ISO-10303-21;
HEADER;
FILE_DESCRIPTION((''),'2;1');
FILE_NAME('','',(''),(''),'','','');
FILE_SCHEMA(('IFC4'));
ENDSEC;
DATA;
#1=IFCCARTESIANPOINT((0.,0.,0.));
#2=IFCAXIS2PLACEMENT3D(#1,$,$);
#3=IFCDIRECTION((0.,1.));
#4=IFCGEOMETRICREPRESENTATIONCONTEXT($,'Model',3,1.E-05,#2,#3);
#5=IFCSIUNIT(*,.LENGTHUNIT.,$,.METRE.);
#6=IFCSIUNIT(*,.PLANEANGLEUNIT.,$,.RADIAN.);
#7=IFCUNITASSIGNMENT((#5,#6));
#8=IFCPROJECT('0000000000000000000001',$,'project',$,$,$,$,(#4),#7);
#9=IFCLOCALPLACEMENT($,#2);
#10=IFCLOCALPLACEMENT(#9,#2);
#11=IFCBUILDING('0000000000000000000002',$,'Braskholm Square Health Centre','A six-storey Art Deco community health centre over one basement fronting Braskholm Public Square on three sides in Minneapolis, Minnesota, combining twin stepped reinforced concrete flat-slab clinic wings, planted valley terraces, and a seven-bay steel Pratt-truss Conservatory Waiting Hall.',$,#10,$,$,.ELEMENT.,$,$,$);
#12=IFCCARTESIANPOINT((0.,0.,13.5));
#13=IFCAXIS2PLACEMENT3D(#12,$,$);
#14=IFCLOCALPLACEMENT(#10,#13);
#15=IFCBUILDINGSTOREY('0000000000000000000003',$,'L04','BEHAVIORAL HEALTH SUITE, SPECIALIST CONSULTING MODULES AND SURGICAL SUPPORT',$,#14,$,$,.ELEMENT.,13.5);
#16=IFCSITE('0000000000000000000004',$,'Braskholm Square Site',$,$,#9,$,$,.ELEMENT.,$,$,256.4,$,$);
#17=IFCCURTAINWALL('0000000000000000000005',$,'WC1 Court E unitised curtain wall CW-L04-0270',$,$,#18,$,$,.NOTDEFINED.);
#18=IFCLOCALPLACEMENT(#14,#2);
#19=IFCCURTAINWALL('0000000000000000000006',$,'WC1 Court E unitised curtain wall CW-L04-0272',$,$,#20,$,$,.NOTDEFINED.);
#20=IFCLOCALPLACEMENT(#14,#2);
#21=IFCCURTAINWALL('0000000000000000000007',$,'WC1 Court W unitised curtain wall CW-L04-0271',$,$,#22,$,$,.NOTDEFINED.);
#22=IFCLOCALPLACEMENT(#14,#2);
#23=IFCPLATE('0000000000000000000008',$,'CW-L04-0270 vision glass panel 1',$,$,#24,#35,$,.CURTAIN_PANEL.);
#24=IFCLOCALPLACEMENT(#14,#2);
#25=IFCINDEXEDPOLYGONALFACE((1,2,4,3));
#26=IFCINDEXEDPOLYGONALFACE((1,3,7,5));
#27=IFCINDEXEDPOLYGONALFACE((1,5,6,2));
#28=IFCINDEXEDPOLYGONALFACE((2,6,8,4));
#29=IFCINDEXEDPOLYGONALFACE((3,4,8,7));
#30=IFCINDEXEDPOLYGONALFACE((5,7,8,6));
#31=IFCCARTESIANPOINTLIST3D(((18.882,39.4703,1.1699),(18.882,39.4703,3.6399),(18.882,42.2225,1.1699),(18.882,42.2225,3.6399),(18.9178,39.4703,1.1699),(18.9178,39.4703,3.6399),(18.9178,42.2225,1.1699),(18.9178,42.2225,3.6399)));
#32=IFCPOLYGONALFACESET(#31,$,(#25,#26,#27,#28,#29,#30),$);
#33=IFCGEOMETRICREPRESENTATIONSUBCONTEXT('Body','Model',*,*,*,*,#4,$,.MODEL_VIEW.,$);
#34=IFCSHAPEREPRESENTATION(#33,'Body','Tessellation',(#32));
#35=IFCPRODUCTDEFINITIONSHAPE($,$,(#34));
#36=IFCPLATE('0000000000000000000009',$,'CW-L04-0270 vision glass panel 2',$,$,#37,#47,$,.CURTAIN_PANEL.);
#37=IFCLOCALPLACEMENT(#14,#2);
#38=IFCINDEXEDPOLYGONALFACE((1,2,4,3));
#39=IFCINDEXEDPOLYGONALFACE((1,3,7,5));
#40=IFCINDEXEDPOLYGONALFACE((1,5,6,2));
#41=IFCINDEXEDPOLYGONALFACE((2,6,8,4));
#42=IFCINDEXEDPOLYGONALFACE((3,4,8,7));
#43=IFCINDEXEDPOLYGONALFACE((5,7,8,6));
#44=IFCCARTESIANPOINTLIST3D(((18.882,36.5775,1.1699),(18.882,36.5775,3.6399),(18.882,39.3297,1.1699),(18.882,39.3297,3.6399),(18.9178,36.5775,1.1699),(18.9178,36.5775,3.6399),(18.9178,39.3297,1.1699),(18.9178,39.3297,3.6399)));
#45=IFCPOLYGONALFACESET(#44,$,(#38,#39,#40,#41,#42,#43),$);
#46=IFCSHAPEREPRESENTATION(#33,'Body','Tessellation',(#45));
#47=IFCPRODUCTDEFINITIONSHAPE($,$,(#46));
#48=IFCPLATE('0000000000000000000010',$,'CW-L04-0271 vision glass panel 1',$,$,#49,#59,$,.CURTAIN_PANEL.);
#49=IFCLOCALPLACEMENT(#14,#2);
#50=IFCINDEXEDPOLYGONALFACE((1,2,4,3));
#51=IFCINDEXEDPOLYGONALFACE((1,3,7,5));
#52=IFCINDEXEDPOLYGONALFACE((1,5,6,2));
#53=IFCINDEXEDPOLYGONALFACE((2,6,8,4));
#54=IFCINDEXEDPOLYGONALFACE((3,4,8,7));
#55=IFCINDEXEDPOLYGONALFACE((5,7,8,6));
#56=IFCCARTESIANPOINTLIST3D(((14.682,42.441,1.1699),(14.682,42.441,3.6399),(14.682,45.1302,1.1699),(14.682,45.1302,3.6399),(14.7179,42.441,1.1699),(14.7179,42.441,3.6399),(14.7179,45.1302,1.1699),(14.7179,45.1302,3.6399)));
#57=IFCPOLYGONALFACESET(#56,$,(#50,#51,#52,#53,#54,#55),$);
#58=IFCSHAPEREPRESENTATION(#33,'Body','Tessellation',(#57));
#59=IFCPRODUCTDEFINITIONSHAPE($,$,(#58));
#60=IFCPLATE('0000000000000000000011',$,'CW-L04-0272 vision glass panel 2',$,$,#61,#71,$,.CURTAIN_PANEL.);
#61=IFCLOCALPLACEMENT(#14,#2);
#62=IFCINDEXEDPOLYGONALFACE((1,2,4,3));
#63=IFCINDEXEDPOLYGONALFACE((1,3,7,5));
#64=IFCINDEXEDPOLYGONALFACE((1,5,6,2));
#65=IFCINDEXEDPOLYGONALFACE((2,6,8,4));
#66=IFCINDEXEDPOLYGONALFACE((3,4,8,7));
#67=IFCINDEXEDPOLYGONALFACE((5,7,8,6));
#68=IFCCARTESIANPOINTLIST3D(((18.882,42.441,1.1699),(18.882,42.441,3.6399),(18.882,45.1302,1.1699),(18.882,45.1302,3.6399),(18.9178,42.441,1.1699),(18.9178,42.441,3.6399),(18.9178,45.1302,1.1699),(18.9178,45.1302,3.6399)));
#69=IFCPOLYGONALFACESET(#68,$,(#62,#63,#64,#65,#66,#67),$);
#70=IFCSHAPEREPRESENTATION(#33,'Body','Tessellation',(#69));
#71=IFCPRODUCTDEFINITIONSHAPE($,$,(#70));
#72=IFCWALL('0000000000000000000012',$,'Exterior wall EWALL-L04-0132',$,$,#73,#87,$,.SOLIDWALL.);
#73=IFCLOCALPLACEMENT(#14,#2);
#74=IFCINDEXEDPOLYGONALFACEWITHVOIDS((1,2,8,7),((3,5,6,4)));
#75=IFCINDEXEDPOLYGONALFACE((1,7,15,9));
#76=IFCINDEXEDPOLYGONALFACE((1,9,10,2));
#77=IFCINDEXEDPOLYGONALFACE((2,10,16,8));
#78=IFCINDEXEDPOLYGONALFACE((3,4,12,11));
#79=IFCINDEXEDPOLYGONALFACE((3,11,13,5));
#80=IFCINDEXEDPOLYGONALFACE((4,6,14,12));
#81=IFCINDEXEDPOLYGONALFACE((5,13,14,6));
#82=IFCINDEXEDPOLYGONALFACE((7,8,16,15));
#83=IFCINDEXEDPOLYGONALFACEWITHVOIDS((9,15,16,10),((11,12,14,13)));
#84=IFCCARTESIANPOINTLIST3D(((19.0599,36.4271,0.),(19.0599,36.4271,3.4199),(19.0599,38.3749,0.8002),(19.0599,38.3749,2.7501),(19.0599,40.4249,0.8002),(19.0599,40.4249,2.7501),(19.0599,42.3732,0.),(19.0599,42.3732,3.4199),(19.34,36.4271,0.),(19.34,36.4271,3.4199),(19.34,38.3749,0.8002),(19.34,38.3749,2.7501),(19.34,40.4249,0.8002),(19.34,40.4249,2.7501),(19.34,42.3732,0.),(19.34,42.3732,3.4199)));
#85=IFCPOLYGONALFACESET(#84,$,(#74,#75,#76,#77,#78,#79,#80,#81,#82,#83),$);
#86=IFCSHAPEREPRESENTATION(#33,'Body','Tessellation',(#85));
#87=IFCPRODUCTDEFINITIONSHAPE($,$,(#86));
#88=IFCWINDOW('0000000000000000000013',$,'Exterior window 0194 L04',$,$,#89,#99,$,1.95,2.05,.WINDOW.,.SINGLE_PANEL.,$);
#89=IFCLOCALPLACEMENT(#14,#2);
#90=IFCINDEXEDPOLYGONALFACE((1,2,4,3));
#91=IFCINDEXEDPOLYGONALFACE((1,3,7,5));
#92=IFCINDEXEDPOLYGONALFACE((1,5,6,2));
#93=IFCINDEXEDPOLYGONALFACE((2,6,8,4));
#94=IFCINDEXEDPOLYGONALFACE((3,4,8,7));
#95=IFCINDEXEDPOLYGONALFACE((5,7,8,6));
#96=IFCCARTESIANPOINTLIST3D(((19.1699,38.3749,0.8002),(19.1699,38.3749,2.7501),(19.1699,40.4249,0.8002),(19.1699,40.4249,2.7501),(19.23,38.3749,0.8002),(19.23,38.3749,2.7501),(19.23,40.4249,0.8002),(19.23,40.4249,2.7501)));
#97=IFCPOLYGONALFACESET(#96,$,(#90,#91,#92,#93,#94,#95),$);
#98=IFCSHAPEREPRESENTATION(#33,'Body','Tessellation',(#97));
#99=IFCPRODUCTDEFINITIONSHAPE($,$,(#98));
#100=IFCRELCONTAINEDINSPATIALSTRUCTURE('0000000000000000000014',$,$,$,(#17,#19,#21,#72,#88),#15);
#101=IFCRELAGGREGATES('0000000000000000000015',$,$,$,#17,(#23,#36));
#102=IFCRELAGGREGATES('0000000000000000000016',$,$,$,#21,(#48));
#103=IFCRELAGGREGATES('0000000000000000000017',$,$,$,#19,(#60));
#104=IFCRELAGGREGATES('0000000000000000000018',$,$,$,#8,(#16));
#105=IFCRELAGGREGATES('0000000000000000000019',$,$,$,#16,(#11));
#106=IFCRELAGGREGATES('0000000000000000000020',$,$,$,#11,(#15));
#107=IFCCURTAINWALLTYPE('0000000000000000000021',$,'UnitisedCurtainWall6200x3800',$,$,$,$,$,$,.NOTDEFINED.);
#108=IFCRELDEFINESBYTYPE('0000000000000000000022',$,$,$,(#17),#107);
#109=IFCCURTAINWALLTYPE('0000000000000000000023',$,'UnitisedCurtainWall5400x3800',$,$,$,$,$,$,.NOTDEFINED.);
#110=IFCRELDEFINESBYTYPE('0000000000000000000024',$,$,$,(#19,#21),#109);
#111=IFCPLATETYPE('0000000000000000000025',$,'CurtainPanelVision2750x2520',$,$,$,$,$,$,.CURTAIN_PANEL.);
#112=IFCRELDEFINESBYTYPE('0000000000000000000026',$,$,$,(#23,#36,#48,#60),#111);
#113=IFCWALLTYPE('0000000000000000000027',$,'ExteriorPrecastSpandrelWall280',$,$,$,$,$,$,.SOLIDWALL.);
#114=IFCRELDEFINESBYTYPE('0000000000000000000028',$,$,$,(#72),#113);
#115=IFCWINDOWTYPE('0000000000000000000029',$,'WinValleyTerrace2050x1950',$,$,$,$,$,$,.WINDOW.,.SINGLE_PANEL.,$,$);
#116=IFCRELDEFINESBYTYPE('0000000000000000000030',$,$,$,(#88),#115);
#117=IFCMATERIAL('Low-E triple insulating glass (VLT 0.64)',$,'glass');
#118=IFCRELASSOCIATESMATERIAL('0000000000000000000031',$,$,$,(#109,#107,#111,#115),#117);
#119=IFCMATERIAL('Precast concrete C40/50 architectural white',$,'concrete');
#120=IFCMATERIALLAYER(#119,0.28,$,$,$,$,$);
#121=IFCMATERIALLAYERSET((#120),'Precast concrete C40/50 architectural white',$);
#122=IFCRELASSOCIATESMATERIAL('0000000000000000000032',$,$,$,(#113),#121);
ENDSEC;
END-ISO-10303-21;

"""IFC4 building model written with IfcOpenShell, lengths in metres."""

from ifc_helpers import new_model, si_unit, direction, frame, frame_2d, origin, origin_with_axes, origin_2d, place, context, subcontext, project, spatial, rectangle, extrude, material, layer, layer_set, type_object, element, fill, aggregate, save


model = new_model("IFC4")

# Units and contexts
model_context = context("Model", 3, precision=1e-05, world=origin(), true_north=direction((0.0, 1.0)))
body_context = subcontext(model_context, "Body", "Model", "MODEL_VIEW")
ifc_project = project(units=[si_unit("LENGTHUNIT", "METRE"), si_unit("PLANEANGLEUNIT", "RADIAN")], contexts=[model_context])

# Site, building, storey
site_placement = place(None, origin())
site = spatial("IfcSite", under=ifc_project, at=site_placement, Name="Braskholm Square Site", CompositionType="ELEMENT", RefElevation=256.4)
building_placement = place(site_placement, origin())
building = spatial("IfcBuilding", under=site, at=building_placement, Name="Braskholm Square Health Centre", Description="A six-storey Art Deco community health centre over one basement fronting Braskholm Public Square on three sides in Minneapolis, Minnesota, combining twin stepped reinforced concrete flat-slab clinic wings, planted valley terraces, and a seven-bay steel Pratt-truss Conservatory Waiting Hall.", CompositionType="ELEMENT")
storey_placement = place(building_placement, frame((0.0, 0.0, 13.5)))
storey = spatial("IfcBuildingStorey", under=building, at=storey_placement, Name="L04", Description="BEHAVIORAL HEALTH SUITE, SPECIALIST CONSULTING MODULES AND SURGICAL SUPPORT", CompositionType="ELEMENT", Elevation=13.5)

# Shared definitions
ifc_material_1 = material(Name="Low-E triple insulating glass (VLT 0.64)", Category="glass")
curtain_wall_type_1 = type_object("IfcCurtainWallType", Name="UnitisedCurtainWall5400x3800", PredefinedType="NOTDEFINED", material=ifc_material_1)

# Curtain wall
curtain_wall_type_2 = type_object("IfcCurtainWallType", Name="UnitisedCurtainWall6200x3800", PredefinedType="NOTDEFINED", material=ifc_material_1)
curtain_wall_1_placement = place(storey_placement, origin())
curtain_wall_1 = element("IfcCurtainWall", 1, at=curtain_wall_1_placement, inside=storey, type_object=curtain_wall_type_2, Name="WC1 Court E unitised curtain wall CW-L04-0270", PredefinedType="NOTDEFINED")

# Curtain walls
curtain_wall_2_placement = place(storey_placement, origin())
curtain_wall_2 = element("IfcCurtainWall", 2, at=curtain_wall_2_placement, inside=storey, type_object=curtain_wall_type_1, Name="WC1 Court E unitised curtain wall CW-L04-0272", PredefinedType="NOTDEFINED")
curtain_wall_3_placement = place(storey_placement, origin())
curtain_wall_3 = element("IfcCurtainWall", 3, at=curtain_wall_3_placement, inside=storey, type_object=curtain_wall_type_1, Name="WC1 Court W unitised curtain wall CW-L04-0271", PredefinedType="NOTDEFINED")

# Plates
plate_type_1 = type_object("IfcPlateType", Name="CurtainPanelVision2750x2520", PredefinedType="CURTAIN_PANEL", material=ifc_material_1)
plate_1_placement = place(storey_placement, frame((18.8999, 40.8464, 1.1699), z_axis=(0.0, 0.0, 1.0), x_axis=(0.0, -1.0, 0.0)))
plate_1 = element("IfcPlate", 4, at=plate_1_placement, type_object=plate_type_1, Name="CW-L04-0270 vision glass panel 1", PredefinedType="CURTAIN_PANEL", context=body_context, shape_type="SweptSolid", body=[
    extrude(rectangle(XDim=2.7522, YDim=0.0359, at=origin_2d()), origin(), (0.0, 0.0, 1.0), 2.47),
])
plate_2_placement = place(storey_placement, frame((18.8999, 37.9536, 1.1699), z_axis=(0.0, 0.0, 1.0), x_axis=(0.0, -1.0, 0.0)))
plate_2 = element("IfcPlate", 5, at=plate_2_placement, type_object=plate_type_1, Name="CW-L04-0270 vision glass panel 2", PredefinedType="CURTAIN_PANEL", context=body_context, shape_type="SweptSolid", body=[
    extrude(rectangle(XDim=2.7522, YDim=0.0359, at=origin_2d()), origin(), (0.0, 0.0, 1.0), 2.47),
])
aggregate(curtain_wall_1, [plate_1, plate_2])
plate_3_placement = place(storey_placement, frame((14.7, 43.7856, 1.1699), z_axis=(0.0, 0.0, 1.0), x_axis=(0.0, 1.0, 0.0)))
plate_3 = element("IfcPlate", 6, at=plate_3_placement, type_object=plate_type_1, Name="CW-L04-0271 vision glass panel 1", PredefinedType="CURTAIN_PANEL", context=body_context, shape_type="SweptSolid", body=[
    extrude(rectangle(XDim=2.6892, YDim=0.0359, at=origin_2d()), origin(), (0.0, 0.0, 1.0), 2.47),
])
aggregate(curtain_wall_3, [plate_3])
plate_4_placement = place(storey_placement, frame((18.8999, 43.7856, 1.1699), z_axis=(0.0, 0.0, 1.0), x_axis=(0.0, -1.0, 0.0)))
plate_4 = element("IfcPlate", 7, at=plate_4_placement, type_object=plate_type_1, Name="CW-L04-0272 vision glass panel 2", PredefinedType="CURTAIN_PANEL", context=body_context, shape_type="SweptSolid", body=[
    extrude(rectangle(XDim=2.6892, YDim=0.0359, at=origin_2d()), origin(), (0.0, 0.0, 1.0), 2.47),
])
aggregate(curtain_wall_2, [plate_4])

# Wall, opening, window
ifc_material_2 = material(Name="Precast concrete C40/50 architectural white", Category="concrete")
ifc_layer = layer(ifc_material_2, 0.28)
ifc_layer_set = layer_set([ifc_layer], Name="Precast concrete C40/50 architectural white")
wall_type = type_object("IfcWallType", Name="ExteriorPrecastSpandrelWall280", PredefinedType="SOLIDWALL", material=ifc_layer_set)
wall_placement = place(storey_placement, frame((19.2, 36.427, 0.0), z_axis=(0.0, 0.0, 1.0), x_axis=(0.0, 1.0, 0.0)))
wall = element("IfcWall", 8, at=wall_placement, inside=storey, type_object=wall_type, Name="Exterior wall EWALL-L04-0132", PredefinedType="SOLIDWALL", context=body_context, shape_type="SweptSolid", body=[
    extrude(rectangle(XDim=5.946, YDim=0.28, at=frame_2d((2.9731, 0.0))), origin(), (0.0, 0.0, 1.0), 3.4199),
])
opening_placement = place(wall_placement, frame((1.948, 0.0, 0.8)))
opening = element("IfcOpeningElement", 9, at=opening_placement, cuts=wall, PredefinedType="OPENING", context=body_context, shape_type="SweptSolid", body=[
    extrude(rectangle(XDim=2.05, YDim=1.95, at=frame_2d((1.0249, 0.9751))), frame((0.0, 0.1499, 0.0), z_axis=(0.0, -1.0, 0.0), x_axis=(1.0, 0.0, 0.0)), (0.0, 0.0, 1.0), 0.3),
])
window_type = type_object("IfcWindowType", Name="WinValleyTerrace2050x1950", PartitioningType="SINGLE_PANEL", PredefinedType="WINDOW", material=ifc_material_1)
window_placement = place(opening_placement, origin_with_axes())
window = element("IfcWindow", 10, at=window_placement, inside=storey, type_object=window_type, Name="Exterior window 0194 L04", OverallHeight=1.95, OverallWidth=2.05, PartitioningType="SINGLE_PANEL", PredefinedType="WINDOW", context=body_context, shape_type="SweptSolid", body=[
    extrude(rectangle(XDim=2.05, YDim=1.95, at=frame_2d((1.0249, 0.9751))), frame((0.0, 0.03, 0.0), z_axis=(0.0, -1.0, 0.0), x_axis=(1.0, 0.0, 0.0)), (0.0, 0.0, 1.0), 0.0601),
])
fill(opening, window)

save(model, "model.ifc")
